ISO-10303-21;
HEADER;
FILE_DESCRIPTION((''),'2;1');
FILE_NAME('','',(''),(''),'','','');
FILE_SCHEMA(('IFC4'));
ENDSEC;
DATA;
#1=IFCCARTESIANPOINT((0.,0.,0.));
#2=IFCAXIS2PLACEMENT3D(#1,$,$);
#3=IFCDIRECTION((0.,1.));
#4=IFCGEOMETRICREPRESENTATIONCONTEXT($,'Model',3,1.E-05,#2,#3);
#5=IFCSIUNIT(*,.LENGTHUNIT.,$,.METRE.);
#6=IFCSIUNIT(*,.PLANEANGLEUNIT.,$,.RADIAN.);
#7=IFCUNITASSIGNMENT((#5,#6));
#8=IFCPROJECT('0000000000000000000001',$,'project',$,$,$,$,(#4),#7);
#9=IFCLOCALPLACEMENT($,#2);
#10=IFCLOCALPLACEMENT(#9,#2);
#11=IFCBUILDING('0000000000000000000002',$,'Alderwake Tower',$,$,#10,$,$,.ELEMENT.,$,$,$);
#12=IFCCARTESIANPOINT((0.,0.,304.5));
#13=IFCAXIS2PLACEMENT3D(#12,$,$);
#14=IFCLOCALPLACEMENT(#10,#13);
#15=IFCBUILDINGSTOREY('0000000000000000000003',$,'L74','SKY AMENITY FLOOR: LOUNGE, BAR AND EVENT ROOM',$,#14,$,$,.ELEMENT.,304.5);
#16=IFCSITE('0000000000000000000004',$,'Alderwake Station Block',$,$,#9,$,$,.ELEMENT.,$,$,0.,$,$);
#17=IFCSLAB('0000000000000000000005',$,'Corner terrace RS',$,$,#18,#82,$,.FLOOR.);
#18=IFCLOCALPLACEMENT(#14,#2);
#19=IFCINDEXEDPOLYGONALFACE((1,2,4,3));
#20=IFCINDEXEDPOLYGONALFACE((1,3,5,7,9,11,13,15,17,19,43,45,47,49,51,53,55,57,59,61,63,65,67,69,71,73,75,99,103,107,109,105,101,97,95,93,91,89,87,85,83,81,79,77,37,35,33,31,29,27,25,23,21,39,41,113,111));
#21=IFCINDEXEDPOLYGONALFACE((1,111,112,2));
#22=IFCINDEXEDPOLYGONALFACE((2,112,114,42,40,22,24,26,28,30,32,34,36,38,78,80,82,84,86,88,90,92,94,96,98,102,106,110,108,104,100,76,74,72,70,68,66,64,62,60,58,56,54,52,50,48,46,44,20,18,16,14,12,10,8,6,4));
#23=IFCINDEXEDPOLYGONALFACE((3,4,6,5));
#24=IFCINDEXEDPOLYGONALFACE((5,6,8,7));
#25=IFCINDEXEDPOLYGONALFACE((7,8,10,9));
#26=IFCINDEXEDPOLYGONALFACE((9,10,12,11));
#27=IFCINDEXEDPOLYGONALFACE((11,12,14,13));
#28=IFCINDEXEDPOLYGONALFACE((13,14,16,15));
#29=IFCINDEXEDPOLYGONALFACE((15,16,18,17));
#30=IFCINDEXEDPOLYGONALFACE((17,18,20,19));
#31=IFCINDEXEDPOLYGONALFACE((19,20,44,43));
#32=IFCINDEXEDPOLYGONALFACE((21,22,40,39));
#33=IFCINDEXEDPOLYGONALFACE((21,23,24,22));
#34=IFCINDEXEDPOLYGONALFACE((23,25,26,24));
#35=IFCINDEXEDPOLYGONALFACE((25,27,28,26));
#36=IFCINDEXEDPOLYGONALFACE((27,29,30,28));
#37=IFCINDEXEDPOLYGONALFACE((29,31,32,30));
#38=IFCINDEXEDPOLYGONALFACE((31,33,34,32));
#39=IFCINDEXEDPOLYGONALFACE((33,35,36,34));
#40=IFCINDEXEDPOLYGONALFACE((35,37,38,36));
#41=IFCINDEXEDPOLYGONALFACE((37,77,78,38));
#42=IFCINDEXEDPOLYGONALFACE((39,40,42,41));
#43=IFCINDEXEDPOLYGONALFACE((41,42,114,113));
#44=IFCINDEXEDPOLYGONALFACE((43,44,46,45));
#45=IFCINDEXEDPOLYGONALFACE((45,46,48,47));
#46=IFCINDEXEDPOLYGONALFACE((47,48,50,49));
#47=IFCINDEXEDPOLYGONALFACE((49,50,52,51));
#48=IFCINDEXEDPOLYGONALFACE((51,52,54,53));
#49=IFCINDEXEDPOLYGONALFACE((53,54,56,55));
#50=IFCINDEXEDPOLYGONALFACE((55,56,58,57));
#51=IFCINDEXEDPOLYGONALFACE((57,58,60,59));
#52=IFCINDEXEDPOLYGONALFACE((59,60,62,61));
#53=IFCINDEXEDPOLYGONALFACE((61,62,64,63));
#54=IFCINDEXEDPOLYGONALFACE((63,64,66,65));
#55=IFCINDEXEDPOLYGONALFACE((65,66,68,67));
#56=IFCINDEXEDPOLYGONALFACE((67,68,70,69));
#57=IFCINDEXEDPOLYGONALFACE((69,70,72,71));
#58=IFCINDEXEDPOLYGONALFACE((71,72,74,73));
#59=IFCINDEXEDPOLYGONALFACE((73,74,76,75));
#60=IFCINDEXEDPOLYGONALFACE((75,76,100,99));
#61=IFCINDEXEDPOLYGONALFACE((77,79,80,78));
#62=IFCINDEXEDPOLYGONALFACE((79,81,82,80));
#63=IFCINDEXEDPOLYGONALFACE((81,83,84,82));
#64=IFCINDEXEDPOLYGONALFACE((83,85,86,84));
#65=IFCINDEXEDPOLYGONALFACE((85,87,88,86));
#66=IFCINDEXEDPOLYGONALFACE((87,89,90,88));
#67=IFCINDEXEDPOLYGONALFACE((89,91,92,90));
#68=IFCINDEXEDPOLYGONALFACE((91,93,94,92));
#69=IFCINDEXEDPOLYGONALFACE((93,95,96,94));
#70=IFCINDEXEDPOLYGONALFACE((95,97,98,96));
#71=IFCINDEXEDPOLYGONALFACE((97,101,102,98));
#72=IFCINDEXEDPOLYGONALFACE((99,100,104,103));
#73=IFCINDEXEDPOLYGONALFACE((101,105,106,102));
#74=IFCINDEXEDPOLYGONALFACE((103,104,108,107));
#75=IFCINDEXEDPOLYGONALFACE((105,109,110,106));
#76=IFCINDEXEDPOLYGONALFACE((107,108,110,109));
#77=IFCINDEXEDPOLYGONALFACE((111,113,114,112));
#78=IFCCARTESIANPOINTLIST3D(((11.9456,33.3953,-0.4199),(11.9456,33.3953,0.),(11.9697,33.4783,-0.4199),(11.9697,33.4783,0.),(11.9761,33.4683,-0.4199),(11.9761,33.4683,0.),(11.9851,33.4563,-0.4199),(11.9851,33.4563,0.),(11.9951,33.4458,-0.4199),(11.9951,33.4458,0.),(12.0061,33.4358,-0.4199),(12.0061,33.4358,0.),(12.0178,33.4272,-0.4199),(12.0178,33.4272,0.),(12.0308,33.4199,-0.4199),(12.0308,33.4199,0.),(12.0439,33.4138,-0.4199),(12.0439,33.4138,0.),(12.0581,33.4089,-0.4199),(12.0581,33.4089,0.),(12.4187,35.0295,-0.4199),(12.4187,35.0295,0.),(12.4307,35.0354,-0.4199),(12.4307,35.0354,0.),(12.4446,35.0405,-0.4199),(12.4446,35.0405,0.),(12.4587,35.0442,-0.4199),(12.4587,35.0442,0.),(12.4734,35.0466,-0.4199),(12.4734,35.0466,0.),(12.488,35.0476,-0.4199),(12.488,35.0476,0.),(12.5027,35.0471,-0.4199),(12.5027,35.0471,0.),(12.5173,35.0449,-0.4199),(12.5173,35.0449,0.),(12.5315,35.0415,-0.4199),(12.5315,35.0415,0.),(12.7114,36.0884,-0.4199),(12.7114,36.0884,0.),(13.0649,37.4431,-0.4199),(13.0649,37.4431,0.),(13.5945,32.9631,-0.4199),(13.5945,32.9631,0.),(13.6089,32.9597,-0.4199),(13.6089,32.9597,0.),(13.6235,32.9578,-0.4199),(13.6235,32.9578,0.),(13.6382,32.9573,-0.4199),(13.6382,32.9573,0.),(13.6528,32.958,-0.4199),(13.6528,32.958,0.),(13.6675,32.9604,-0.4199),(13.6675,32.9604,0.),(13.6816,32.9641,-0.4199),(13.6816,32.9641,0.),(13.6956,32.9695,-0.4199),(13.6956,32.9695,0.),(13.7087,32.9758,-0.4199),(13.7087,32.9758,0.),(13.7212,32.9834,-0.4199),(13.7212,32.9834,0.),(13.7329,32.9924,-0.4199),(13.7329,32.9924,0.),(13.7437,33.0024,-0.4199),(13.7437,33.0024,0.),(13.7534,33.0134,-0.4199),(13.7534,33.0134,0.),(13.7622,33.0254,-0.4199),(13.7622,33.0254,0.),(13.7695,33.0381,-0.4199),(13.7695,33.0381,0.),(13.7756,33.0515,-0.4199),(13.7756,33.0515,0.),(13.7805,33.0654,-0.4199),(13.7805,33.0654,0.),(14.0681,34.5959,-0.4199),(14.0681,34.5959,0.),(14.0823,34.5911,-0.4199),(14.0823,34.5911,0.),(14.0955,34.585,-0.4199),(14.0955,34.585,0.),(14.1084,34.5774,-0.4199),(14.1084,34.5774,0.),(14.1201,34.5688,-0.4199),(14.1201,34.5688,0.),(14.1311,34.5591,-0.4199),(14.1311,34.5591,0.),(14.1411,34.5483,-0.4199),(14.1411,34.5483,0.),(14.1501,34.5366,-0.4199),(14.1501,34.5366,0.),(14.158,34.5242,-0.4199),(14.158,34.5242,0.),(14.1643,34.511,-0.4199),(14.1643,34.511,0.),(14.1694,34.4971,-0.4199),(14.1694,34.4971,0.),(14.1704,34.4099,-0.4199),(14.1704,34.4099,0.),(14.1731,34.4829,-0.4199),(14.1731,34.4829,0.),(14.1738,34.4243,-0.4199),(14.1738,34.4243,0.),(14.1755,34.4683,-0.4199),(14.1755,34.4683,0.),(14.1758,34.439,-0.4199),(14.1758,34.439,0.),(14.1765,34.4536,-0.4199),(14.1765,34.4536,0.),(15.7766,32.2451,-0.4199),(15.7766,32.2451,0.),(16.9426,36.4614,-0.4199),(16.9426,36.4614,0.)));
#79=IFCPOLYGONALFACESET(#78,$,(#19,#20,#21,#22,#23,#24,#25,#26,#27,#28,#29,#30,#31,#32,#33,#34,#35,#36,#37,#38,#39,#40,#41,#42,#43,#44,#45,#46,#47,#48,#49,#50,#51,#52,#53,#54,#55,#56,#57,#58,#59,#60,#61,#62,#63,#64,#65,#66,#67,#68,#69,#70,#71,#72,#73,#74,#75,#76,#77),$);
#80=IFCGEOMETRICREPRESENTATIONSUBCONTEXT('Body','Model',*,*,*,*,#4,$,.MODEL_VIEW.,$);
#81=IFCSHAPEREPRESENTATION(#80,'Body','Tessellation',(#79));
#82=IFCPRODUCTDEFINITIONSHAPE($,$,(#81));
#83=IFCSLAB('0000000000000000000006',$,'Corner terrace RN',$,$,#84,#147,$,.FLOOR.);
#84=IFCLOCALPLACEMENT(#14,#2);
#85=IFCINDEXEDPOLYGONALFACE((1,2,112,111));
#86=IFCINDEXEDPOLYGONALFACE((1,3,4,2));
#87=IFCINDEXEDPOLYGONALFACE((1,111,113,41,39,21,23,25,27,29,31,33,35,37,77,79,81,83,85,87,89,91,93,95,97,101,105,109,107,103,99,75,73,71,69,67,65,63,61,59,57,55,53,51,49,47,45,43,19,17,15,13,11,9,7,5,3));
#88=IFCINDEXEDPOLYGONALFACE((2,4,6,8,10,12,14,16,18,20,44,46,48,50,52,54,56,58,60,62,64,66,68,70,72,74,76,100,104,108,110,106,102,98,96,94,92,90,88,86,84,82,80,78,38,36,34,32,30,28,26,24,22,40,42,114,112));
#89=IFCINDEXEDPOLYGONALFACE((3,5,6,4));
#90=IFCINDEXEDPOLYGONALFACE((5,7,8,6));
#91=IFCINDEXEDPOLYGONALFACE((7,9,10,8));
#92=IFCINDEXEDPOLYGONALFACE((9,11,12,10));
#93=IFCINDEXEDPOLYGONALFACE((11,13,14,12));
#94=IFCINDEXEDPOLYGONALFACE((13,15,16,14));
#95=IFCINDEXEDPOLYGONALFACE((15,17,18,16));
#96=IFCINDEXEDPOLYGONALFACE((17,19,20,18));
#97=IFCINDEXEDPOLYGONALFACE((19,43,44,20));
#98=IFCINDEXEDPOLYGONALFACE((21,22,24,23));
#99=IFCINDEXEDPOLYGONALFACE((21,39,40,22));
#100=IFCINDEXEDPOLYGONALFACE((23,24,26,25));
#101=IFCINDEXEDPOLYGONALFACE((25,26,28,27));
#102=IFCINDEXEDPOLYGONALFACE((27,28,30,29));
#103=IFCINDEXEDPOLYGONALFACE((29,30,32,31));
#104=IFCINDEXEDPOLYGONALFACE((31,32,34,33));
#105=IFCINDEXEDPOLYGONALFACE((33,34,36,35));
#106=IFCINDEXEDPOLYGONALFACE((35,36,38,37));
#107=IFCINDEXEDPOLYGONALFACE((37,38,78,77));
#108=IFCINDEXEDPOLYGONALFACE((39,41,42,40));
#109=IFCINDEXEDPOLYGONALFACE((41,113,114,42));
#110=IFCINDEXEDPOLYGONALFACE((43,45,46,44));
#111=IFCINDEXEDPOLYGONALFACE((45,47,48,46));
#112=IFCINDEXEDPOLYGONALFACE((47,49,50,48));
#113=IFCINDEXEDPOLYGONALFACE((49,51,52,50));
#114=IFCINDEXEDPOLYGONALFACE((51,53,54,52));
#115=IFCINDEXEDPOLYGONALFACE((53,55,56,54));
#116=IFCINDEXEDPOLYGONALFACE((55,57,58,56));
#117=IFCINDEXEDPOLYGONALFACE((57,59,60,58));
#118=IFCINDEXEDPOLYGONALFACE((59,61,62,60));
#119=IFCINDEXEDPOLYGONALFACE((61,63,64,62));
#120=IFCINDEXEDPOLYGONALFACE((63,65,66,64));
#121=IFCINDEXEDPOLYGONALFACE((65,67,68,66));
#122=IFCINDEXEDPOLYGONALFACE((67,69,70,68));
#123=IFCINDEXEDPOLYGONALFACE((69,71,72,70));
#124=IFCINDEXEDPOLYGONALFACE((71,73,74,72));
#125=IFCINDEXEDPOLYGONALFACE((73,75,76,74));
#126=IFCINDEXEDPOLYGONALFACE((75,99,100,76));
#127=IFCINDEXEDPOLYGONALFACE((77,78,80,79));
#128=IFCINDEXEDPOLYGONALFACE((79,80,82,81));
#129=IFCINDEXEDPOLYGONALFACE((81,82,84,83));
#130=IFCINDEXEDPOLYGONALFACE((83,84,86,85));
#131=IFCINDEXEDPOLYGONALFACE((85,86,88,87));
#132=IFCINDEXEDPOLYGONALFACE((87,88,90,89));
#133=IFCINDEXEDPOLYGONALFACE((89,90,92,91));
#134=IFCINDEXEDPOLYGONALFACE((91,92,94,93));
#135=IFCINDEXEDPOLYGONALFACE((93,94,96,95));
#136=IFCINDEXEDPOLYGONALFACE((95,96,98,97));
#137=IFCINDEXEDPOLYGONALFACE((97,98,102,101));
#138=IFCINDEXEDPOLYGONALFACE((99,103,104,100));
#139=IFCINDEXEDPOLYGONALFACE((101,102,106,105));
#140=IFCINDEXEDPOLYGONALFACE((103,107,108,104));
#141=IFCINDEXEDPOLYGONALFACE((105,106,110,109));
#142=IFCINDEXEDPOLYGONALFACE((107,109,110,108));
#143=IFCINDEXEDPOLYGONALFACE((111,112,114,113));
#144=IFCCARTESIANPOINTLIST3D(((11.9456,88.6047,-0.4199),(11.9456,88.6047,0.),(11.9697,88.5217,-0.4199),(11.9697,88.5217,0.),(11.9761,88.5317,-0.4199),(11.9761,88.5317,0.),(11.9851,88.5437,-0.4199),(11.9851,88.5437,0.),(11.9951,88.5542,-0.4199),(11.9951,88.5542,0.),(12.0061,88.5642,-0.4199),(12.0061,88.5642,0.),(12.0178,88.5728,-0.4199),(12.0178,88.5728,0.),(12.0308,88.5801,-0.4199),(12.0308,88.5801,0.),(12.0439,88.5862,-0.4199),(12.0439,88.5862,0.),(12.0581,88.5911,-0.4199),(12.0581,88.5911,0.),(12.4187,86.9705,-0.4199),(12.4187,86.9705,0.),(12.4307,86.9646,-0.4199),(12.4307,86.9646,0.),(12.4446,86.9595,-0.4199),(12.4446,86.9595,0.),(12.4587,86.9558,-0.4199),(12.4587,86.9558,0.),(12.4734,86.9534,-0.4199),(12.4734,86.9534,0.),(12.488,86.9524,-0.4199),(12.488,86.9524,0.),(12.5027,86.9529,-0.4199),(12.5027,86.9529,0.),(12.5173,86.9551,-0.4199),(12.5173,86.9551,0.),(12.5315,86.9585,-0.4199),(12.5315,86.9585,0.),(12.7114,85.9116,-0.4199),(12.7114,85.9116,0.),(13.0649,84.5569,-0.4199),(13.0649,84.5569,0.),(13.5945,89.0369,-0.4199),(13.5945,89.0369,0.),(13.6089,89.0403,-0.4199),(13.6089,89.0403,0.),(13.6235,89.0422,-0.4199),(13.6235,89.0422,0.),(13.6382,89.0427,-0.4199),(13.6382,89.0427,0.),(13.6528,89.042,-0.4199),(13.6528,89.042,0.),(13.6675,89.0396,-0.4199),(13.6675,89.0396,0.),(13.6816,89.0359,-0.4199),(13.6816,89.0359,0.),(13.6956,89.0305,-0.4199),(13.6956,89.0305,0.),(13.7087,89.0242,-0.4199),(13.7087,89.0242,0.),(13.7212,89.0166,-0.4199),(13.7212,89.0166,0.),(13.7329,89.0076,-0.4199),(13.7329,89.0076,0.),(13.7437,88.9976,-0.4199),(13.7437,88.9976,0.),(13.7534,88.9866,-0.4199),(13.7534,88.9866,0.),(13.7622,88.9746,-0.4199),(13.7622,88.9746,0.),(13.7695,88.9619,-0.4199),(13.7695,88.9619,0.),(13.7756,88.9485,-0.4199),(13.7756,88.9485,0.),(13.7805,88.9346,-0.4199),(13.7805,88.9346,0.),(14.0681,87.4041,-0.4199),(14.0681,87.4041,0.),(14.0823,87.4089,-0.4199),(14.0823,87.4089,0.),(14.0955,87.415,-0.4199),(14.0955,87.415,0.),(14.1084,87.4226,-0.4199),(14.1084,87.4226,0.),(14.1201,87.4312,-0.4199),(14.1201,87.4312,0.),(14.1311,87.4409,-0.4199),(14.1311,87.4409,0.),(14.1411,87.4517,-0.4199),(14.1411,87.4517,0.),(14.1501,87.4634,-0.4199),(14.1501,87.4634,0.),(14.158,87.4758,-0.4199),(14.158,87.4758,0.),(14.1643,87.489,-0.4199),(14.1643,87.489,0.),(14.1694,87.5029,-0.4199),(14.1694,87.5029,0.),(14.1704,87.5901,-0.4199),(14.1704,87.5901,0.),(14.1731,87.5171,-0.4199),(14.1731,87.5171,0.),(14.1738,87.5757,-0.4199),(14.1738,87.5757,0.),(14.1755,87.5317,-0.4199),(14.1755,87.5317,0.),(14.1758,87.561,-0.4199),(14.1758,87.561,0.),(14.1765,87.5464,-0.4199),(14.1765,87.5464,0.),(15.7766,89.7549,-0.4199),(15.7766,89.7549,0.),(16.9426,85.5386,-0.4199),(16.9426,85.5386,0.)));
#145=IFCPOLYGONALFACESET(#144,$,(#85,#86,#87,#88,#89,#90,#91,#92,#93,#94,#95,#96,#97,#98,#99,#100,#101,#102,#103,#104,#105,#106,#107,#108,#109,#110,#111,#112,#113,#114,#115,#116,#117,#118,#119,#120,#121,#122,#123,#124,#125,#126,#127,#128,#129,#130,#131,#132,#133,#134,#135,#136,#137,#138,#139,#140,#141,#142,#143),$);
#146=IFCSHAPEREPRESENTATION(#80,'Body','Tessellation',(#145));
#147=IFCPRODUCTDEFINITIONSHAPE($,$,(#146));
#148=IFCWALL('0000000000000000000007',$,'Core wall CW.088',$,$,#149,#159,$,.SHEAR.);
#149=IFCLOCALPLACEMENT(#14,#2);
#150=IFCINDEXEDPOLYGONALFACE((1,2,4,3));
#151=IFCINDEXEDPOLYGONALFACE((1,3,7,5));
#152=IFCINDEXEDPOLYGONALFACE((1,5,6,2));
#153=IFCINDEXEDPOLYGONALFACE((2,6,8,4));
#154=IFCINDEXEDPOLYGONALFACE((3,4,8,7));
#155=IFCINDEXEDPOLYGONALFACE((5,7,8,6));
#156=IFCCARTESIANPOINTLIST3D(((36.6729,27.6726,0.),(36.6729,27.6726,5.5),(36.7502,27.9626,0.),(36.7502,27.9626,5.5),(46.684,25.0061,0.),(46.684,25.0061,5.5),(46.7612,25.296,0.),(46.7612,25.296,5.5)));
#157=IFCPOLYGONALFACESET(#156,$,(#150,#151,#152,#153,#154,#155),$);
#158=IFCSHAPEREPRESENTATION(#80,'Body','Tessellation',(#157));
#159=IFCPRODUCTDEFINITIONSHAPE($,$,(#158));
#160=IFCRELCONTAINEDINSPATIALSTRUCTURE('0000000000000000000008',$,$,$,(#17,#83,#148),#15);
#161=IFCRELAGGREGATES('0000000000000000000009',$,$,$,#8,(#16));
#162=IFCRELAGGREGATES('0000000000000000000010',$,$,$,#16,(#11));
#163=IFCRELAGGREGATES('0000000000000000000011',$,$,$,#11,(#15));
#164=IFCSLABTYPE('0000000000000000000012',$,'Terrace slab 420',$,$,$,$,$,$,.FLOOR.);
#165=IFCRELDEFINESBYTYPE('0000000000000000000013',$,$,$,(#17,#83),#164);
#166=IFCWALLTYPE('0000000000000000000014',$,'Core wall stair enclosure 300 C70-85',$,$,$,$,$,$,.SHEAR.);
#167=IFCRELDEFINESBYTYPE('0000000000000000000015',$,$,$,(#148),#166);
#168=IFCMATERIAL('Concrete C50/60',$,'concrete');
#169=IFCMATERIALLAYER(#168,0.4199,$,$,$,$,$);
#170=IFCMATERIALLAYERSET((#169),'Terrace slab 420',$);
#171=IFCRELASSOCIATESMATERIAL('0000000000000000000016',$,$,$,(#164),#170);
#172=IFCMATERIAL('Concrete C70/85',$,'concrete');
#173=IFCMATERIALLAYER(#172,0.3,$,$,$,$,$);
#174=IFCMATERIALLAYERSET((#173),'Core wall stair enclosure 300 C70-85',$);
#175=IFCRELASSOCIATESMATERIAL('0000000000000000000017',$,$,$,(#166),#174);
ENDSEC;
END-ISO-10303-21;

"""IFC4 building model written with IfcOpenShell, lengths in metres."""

from ifc_helpers import new_model, si_unit, direction, frame, frame_2d, origin, place, context, subcontext, project, spatial, polyline, rectangle, outline, extrude, material, layer, layer_set, type_object, element, save


model = new_model("IFC4")

# Units and contexts
model_context = context("Model", 3, precision=1e-05, world=origin(), true_north=direction((0.0, 1.0)))
body_context = subcontext(model_context, "Body", "Model", "MODEL_VIEW")
ifc_project = project(units=[si_unit("LENGTHUNIT", "METRE"), si_unit("PLANEANGLEUNIT", "RADIAN")], contexts=[model_context])

# Site, building, storey
site_placement = place(None, origin())
site = spatial("IfcSite", under=ifc_project, at=site_placement, Name="Alderwake Station Block", CompositionType="ELEMENT", RefElevation=0.0)
building_placement = place(site_placement, origin())
building = spatial("IfcBuilding", under=site, at=building_placement, Name="Alderwake Tower", CompositionType="ELEMENT")
storey_placement = place(building_placement, frame((0.0, 0.0, 304.5)))
storey = spatial("IfcBuildingStorey", under=building, at=storey_placement, Name="L74", Description="SKY AMENITY FLOOR: LOUNGE, BAR AND EVENT ROOM", CompositionType="ELEMENT", Elevation=304.5)

# Slabs
ifc_material_1 = material(Name="Concrete C50/60", Category="concrete")
ifc_layer_1 = layer(ifc_material_1, 0.4199)
ifc_layer_set_1 = layer_set([ifc_layer_1], Name="Terrace slab 420")
slab_type_1 = type_object("IfcSlabType", Name="Terrace slab 420", PredefinedType="FLOOR", material=ifc_layer_set_1)
slab_1_placement = place(storey_placement, frame((0.0, 0.0, -0.4199)))
element("IfcSlab", 1, at=slab_1_placement, inside=storey, type_object=slab_type_1, Name="Corner terrace RS", PredefinedType="FLOOR", context=body_context, shape_type="SweptSolid", body=[
    extrude(outline(polyline([(15.7766, 32.2451), (11.9456, 33.3953), (11.9697, 33.4783), (11.9761, 33.4683), (11.9851, 33.4563), (11.9951, 33.4458), (12.0061, 33.4358), (12.0178, 33.4272), (12.0308, 33.4199), (12.0439, 33.4138), (12.0581, 33.4089), (13.5945, 32.9631), (13.6089, 32.9597), (13.6235, 32.9578), (13.6382, 32.9573), (13.6528, 32.958), (13.6675, 32.9604), (13.6816, 32.9641), (13.6956, 32.9695), (13.7087, 32.9758), (13.7212, 32.9834), (13.7329, 32.9924), (13.7437, 33.0024), (13.7534, 33.0134), (13.7622, 33.0254), (13.7695, 33.0381), (13.7756, 33.0515), (13.7805, 33.0654), (14.1704, 34.4099), (14.1738, 34.4243), (14.1758, 34.439), (14.1765, 34.4536), (14.1755, 34.4683), (14.1731, 34.4829), (14.1694, 34.4971), (14.1643, 34.511), (14.158, 34.5242), (14.1501, 34.5366), (14.1411, 34.5483), (14.1311, 34.5591), (14.1201, 34.5688), (14.1084, 34.5774), (14.0955, 34.585), (14.0823, 34.5911), (14.0681, 34.5959), (12.5315, 35.0415), (12.5173, 35.0449), (12.5027, 35.0471), (12.488, 35.0476), (12.4734, 35.0466), (12.4587, 35.0442), (12.4446, 35.0405), (12.4307, 35.0354), (12.4187, 35.0295), (12.7114, 36.0884), (13.0649, 37.4431), (16.9426, 36.4614), (15.7766, 32.2451)])), origin(), (0.0, 0.0, 1.0), 0.4199),
])
slab_2_placement = place(storey_placement, frame((0.0, 0.0, -0.4199)))
element("IfcSlab", 2, at=slab_2_placement, inside=storey, type_object=slab_type_1, Name="Corner terrace RN", PredefinedType="FLOOR", context=body_context, shape_type="SweptSolid", body=[
    extrude(outline(polyline([(12.4187, 86.9705), (12.4307, 86.9646), (12.4446, 86.9595), (12.4587, 86.9558), (12.4734, 86.9534), (12.488, 86.9524), (12.5027, 86.9529), (12.5173, 86.9551), (12.5315, 86.9585), (14.0681, 87.4041), (14.0823, 87.4089), (14.0955, 87.415), (14.1084, 87.4226), (14.1201, 87.4312), (14.1311, 87.4409), (14.1411, 87.4517), (14.1501, 87.4634), (14.158, 87.4758), (14.1643, 87.489), (14.1694, 87.5029), (14.1731, 87.5171), (14.1755, 87.5317), (14.1765, 87.5464), (14.1758, 87.561), (14.1738, 87.5757), (14.1704, 87.5901), (13.7805, 88.9346), (13.7756, 88.9485), (13.7695, 88.9619), (13.7622, 88.9746), (13.7534, 88.9866), (13.7437, 88.9976), (13.7329, 89.0076), (13.7212, 89.0166), (13.7087, 89.0242), (13.6956, 89.0305), (13.6816, 89.0359), (13.6675, 89.0396), (13.6528, 89.042), (13.6382, 89.0427), (13.6235, 89.0422), (13.6089, 89.0403), (13.5945, 89.0369), (12.0581, 88.5911), (12.0439, 88.5862), (12.0308, 88.5801), (12.0178, 88.5728), (12.0061, 88.5642), (11.9951, 88.5542), (11.9851, 88.5437), (11.9761, 88.5317), (11.9697, 88.5217), (11.9456, 88.6047), (15.7766, 89.7549), (16.9426, 85.5386), (13.0649, 84.5569), (12.7114, 85.9116), (12.4187, 86.9705)])), origin(), (0.0, 0.0, 1.0), 0.4199),
])

# Wall
ifc_material_2 = material(Name="Concrete C70/85", Category="concrete")
ifc_layer_2 = layer(ifc_material_2, 0.3)
ifc_layer_set_2 = layer_set([ifc_layer_2], Name="Core wall stair enclosure 300 C70-85")
wall_type_1 = type_object("IfcWallType", Name="Core wall stair enclosure 300 C70-85", PredefinedType="SHEAR", material=ifc_layer_set_2)
wall_1_placement = place(storey_placement, frame((36.7114, 27.8176, 0.0), z_axis=(0.0, 0.0, 1.0), x_axis=(0.966309, -0.257384, 0.0)))
element("IfcWall", 3, at=wall_1_placement, inside=storey, type_object=wall_type_1, Name="Core wall CW.088", PredefinedType="SHEAR", context=body_context, shape_type="SweptSolid", body=[
    extrude(rectangle(XDim=10.3601, YDim=0.3, at=frame_2d((5.1802, 0.0))), origin(), (0.0, 0.0, 1.0), 5.5),
])

save(model, "model.ifc")
